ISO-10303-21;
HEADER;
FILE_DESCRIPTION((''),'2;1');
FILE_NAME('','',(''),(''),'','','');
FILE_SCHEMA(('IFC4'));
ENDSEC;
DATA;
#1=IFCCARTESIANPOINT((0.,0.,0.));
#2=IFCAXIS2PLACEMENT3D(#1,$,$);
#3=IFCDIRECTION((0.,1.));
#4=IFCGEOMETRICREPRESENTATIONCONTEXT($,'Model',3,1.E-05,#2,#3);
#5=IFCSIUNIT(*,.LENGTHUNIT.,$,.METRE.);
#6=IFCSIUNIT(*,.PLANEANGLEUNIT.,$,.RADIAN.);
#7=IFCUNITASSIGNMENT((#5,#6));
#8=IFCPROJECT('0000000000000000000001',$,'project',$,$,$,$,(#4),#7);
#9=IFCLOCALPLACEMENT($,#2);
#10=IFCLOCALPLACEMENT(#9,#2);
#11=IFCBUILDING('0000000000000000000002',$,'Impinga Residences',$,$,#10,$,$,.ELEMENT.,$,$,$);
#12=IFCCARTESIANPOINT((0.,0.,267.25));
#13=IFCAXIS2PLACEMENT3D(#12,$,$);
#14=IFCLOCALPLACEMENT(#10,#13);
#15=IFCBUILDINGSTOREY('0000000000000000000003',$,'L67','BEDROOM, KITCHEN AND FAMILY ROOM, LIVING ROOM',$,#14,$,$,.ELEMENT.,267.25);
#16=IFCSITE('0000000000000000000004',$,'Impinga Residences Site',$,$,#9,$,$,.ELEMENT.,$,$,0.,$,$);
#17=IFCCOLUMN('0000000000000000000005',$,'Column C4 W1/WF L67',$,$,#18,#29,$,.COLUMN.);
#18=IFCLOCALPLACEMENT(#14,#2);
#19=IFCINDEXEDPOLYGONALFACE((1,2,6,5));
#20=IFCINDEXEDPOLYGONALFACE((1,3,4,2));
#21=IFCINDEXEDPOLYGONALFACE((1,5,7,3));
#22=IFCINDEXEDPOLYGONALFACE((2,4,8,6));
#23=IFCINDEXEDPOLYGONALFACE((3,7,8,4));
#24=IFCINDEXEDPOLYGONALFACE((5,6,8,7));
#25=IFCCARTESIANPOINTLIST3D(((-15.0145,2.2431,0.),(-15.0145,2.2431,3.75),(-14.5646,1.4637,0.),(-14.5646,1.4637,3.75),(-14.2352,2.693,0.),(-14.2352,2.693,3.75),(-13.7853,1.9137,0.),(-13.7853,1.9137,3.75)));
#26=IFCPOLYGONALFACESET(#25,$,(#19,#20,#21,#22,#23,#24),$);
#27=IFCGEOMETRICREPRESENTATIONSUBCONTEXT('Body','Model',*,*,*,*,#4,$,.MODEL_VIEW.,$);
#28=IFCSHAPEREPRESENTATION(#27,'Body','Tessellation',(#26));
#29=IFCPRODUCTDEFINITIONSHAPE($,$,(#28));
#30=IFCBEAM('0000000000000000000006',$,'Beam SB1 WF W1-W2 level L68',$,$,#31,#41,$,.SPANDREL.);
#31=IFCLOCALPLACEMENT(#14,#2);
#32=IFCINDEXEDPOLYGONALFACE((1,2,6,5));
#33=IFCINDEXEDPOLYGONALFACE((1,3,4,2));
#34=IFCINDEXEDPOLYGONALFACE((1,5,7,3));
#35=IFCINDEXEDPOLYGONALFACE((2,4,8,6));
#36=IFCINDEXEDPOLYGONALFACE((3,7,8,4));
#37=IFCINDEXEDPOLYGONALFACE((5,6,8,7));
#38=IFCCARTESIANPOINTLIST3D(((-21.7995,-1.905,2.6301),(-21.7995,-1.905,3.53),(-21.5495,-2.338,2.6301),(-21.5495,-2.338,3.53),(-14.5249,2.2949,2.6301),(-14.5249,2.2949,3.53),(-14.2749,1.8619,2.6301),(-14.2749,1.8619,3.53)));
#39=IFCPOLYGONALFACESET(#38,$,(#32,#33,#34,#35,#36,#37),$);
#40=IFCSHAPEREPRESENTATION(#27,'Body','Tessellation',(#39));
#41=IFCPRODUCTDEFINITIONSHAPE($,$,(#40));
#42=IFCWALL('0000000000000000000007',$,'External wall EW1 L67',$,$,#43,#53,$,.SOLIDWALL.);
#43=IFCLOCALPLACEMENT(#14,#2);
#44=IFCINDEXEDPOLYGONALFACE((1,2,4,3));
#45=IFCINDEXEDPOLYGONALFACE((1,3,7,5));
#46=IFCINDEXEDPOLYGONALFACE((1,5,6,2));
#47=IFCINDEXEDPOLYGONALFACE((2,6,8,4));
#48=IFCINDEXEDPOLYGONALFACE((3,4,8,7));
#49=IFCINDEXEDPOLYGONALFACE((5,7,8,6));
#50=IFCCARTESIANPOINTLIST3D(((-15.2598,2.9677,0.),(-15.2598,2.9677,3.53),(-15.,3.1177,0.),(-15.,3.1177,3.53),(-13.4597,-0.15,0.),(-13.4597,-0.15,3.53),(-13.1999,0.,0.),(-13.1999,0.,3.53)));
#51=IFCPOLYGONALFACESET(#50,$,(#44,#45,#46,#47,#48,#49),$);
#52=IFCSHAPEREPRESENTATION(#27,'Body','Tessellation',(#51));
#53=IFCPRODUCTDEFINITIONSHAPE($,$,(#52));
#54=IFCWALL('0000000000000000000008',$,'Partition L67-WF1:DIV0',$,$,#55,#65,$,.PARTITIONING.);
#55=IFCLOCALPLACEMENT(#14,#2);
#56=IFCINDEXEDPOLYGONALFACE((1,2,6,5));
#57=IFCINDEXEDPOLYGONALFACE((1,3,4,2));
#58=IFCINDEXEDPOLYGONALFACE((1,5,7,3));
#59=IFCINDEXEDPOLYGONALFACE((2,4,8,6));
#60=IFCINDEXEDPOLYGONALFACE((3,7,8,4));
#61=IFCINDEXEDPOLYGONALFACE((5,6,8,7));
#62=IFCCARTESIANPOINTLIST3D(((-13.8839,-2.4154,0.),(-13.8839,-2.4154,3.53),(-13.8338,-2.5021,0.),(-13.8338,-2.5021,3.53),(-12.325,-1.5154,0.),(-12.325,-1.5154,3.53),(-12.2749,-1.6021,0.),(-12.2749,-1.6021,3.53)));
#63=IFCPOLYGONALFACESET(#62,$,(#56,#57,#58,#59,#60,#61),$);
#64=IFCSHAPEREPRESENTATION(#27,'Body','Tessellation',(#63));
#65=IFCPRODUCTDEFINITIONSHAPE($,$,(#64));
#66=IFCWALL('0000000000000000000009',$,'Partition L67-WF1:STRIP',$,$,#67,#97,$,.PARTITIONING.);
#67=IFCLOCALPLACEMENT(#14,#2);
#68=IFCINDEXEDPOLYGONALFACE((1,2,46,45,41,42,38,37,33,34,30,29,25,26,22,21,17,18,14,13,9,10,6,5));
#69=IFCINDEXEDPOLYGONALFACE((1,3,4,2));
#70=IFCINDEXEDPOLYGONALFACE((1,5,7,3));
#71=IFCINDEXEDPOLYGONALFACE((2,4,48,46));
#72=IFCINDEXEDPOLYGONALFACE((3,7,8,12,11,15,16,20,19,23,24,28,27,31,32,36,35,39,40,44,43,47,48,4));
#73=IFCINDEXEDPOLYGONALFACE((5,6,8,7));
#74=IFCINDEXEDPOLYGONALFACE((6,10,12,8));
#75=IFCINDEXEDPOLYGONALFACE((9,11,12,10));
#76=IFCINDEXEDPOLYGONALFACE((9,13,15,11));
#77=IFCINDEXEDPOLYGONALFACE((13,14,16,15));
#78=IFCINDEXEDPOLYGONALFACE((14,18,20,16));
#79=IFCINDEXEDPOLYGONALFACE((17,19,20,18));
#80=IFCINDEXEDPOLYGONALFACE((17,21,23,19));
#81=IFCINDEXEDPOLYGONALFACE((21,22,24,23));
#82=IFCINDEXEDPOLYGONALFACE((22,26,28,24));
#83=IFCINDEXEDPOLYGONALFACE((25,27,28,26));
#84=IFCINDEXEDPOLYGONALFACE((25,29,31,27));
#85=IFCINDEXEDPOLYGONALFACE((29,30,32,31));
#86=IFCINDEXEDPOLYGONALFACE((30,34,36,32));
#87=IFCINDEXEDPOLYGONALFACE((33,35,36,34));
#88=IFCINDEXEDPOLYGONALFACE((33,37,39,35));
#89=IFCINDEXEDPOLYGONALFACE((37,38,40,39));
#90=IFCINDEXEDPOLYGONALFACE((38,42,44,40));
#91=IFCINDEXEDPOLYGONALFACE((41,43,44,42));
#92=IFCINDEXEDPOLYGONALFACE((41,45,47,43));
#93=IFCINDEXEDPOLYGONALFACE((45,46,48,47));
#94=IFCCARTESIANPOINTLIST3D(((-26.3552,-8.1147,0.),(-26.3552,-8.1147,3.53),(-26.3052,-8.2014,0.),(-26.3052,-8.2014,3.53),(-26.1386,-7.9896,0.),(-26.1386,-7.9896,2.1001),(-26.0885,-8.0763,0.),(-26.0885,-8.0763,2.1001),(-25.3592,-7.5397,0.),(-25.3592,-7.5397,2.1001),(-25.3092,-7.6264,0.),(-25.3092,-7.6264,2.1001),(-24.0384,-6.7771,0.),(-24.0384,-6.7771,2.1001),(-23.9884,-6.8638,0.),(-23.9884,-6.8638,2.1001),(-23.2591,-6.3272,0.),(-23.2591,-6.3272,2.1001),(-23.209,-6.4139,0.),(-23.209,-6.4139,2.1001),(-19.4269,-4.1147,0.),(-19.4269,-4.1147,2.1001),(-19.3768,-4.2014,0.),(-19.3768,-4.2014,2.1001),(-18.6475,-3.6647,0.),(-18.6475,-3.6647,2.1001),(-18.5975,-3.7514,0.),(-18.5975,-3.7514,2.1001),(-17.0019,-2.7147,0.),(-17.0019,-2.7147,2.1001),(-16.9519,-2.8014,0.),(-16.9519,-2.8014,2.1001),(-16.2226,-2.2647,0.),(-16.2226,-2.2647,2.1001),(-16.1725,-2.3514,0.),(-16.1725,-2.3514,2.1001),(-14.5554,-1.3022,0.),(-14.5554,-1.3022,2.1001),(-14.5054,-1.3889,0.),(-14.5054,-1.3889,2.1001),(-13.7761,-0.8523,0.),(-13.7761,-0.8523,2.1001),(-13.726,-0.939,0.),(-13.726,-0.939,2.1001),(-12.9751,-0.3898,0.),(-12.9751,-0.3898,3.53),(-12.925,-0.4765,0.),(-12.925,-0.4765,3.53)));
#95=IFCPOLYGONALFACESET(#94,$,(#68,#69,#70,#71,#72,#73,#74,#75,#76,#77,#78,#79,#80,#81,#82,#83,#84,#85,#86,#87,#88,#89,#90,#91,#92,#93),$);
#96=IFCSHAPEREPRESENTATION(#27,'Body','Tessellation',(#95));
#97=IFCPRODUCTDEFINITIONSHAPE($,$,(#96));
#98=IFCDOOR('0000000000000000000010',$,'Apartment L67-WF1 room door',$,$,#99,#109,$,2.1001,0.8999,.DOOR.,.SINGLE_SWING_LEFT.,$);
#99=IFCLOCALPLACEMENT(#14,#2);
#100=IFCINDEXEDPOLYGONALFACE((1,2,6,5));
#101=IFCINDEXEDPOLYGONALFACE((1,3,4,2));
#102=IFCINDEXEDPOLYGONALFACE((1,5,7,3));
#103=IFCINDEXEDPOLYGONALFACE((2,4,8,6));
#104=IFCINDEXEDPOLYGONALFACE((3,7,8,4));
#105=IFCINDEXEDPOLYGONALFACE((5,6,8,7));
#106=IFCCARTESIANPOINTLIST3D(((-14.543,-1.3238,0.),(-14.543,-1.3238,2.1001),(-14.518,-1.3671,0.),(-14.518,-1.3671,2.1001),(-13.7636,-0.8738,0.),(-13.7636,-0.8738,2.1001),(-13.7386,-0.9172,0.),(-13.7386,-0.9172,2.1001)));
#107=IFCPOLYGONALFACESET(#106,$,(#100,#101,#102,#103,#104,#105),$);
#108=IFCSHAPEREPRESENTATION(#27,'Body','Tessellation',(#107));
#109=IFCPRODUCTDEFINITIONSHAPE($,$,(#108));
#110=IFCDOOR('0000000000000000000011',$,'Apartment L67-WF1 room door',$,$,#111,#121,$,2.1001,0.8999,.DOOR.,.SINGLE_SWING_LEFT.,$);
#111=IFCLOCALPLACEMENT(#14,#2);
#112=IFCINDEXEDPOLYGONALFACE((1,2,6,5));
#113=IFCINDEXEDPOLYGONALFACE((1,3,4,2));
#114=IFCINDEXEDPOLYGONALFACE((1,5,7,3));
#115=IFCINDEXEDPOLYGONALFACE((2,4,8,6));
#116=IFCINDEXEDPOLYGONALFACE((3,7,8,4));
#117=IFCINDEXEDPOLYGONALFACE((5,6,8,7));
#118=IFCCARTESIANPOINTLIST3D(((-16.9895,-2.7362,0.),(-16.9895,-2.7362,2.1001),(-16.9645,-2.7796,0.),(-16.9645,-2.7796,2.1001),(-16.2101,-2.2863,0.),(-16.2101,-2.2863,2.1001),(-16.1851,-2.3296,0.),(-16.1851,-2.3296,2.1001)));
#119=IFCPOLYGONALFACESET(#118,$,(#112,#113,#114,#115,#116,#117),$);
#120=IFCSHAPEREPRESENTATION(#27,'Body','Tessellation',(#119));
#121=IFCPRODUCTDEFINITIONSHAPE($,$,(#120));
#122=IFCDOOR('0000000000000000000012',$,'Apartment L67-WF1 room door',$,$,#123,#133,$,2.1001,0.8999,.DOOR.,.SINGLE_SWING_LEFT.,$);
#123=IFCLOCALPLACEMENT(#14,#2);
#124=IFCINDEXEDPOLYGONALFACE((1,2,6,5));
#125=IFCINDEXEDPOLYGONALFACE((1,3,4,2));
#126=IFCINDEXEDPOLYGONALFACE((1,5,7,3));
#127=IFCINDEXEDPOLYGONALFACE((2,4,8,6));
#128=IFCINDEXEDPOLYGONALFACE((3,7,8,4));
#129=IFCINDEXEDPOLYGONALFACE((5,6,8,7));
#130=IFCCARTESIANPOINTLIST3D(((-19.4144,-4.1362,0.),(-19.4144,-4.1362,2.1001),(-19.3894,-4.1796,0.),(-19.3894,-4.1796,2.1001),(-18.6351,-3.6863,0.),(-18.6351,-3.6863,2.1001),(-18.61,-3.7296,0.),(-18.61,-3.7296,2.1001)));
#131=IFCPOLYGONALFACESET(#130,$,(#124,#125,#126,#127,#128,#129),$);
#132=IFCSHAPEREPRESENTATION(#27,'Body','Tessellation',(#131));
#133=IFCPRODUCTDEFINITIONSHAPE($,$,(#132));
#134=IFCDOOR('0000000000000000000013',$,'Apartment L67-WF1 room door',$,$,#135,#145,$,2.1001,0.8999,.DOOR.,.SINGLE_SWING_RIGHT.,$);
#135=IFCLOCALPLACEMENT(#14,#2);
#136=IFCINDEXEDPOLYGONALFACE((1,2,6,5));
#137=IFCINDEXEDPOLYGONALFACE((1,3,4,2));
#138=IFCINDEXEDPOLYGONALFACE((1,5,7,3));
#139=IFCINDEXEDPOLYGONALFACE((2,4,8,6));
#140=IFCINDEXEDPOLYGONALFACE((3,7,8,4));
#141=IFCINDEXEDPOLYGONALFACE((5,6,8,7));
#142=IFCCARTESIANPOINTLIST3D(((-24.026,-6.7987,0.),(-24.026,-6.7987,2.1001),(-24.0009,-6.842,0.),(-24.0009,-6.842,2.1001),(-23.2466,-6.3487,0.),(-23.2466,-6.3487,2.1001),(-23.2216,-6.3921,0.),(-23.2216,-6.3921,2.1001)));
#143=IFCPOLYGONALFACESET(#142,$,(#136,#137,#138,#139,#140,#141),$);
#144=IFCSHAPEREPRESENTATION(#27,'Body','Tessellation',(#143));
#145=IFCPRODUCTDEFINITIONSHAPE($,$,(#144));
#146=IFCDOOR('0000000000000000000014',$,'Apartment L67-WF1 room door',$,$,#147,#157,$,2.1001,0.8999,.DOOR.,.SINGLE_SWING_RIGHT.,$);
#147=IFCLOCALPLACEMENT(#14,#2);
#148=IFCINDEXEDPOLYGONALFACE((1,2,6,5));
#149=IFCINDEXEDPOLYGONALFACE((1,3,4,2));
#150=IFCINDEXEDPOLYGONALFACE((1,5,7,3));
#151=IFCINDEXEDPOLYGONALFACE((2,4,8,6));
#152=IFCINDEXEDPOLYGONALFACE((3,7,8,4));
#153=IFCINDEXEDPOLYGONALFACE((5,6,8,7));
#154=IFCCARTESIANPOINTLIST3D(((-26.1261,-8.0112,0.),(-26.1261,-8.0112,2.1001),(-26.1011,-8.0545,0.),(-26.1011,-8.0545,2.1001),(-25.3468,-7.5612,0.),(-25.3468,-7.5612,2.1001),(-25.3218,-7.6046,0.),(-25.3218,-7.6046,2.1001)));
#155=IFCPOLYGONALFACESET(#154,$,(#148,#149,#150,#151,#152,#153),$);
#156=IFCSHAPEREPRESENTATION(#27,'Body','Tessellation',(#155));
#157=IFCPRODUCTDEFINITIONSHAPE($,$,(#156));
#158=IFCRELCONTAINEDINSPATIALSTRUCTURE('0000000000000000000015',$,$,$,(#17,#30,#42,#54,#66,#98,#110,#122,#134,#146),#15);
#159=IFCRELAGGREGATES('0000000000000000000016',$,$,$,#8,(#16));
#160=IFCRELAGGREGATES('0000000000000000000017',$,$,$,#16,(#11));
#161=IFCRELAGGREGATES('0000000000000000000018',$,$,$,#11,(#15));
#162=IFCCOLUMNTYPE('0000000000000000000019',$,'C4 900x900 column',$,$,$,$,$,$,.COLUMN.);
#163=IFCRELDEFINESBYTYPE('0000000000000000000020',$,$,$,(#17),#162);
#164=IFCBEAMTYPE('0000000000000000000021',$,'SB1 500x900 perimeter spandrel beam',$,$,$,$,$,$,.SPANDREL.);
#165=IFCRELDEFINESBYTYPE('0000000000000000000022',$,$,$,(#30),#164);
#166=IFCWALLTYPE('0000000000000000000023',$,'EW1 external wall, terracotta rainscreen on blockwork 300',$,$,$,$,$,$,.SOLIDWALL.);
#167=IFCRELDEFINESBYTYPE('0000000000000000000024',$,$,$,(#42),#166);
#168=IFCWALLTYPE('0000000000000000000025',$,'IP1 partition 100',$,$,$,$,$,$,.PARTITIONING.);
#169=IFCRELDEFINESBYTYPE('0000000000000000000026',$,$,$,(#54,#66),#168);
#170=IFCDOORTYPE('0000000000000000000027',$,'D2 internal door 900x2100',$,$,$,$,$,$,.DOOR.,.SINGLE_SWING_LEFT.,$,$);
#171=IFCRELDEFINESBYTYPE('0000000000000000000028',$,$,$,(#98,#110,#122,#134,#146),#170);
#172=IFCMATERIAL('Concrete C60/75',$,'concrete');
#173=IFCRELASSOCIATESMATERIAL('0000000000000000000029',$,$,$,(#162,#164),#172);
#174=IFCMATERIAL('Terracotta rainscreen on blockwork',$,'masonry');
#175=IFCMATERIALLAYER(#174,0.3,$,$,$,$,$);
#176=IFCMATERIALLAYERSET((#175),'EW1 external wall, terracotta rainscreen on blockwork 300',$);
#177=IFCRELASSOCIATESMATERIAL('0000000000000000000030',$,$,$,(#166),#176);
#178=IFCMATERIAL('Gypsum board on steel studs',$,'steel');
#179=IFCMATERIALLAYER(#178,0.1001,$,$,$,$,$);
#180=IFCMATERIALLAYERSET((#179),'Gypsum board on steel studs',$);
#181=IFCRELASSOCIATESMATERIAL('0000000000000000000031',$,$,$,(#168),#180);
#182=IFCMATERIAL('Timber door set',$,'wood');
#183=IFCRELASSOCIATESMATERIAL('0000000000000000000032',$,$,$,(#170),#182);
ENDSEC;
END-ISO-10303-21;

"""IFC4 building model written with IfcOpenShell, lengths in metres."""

from ifc_helpers import new_model, si_unit, direction, frame, frame_2d, origin, origin_2d, place, context, subcontext, project, spatial, rectangle, extrude, material, layer, layer_set, material_profile, profile_set, type_object, element, fill, save


model = new_model("IFC4")

# Units and contexts
model_context = context("Model", 3, precision=1e-05, world=origin(), true_north=direction((0.0, 1.0)))
body_context = subcontext(model_context, "Body", "Model", "MODEL_VIEW")
ifc_project = project(units=[si_unit("LENGTHUNIT", "METRE"), si_unit("PLANEANGLEUNIT", "RADIAN")], contexts=[model_context])

# Site, building, storey
site_placement = place(None, origin())
site = spatial("IfcSite", under=ifc_project, at=site_placement, Name="Impinga Residences Site", CompositionType="ELEMENT", RefElevation=0.0)
building_placement = place(site_placement, origin())
building = spatial("IfcBuilding", under=site, at=building_placement, Name="Impinga Residences", CompositionType="ELEMENT")
storey_placement = place(building_placement, frame((0.0, 0.0, 267.25)))
storey = spatial("IfcBuildingStorey", under=building, at=storey_placement, Name="L67", Description="BEDROOM, KITCHEN AND FAMILY ROOM, LIVING ROOM", CompositionType="ELEMENT", Elevation=267.25)

# Column
ifc_material_1 = material(Name="Concrete C60/75", Category="concrete")
ifc_material_profile_1 = material_profile(ifc_material_1, rectangle(XDim=0.8999, YDim=0.8999, at=origin_2d()), Name="RC 900x900")
ifc_profile_set_1 = profile_set([ifc_material_profile_1], Name="Concrete C60/75")
column_type = type_object("IfcColumnType", Name="C4 900x900 column", PredefinedType="COLUMN", material=ifc_profile_set_1)
column_placement = place(storey_placement, frame((-14.3999, 2.0784, 0.0), z_axis=(0.0, 0.0, 1.0), x_axis=(-0.5, 0.866025, 0.0)))
element("IfcColumn", 1, at=column_placement, inside=storey, type_object=column_type, Name="Column C4 W1/WF L67", PredefinedType="COLUMN", context=body_context, shape_type="SweptSolid", body=[
    extrude(rectangle(XDim=0.8999, YDim=0.8999, at=origin_2d()), origin(), (0.0, 0.0, 1.0), 3.75),
])

# Beam
ifc_material_profile_2 = material_profile(ifc_material_1, rectangle(XDim=0.5, YDim=0.8999, at=origin_2d()), Name="RC 500x900")
ifc_profile_set_2 = profile_set([ifc_material_profile_2], Name="Concrete C60/75")
beam_type = type_object("IfcBeamType", Name="SB1 500x900 perimeter spandrel beam", PredefinedType="SPANDREL", material=ifc_profile_set_2)
beam_placement = place(storey_placement, frame((-14.3999, 2.0784, 3.0801), z_axis=(-0.866029, -0.499993, 0.0), x_axis=(0.499993, -0.866029, 0.0)))
element("IfcBeam", 2, at=beam_placement, inside=storey, type_object=beam_type, Name="Beam SB1 WF W1-W2 level L68", PredefinedType="SPANDREL", context=body_context, shape_type="SweptSolid", body=[
    extrude(rectangle(XDim=0.5, YDim=0.8999, at=origin_2d()), origin(), (0.0, 0.0, 1.0), 8.3999),
])

# Walls
ifc_material_2 = material(Name="Terracotta rainscreen on blockwork", Category="masonry")
ifc_layer_1 = layer(ifc_material_2, 0.3)
ifc_layer_set_1 = layer_set([ifc_layer_1], Name="EW1 external wall, terracotta rainscreen on blockwork 300")
wall_type_1 = type_object("IfcWallType", Name="EW1 external wall, terracotta rainscreen on blockwork 300", PredefinedType="SOLIDWALL", material=ifc_layer_set_1)
wall_1_placement = place(storey_placement, frame((-15.1299, 3.0427, 0.0), z_axis=(0.0, 0.0, 1.0), x_axis=(0.500012, -0.866018, 0.0)))
element("IfcWall", 3, at=wall_1_placement, inside=storey, type_object=wall_type_1, Name="External wall EW1 L67", PredefinedType="SOLIDWALL", context=body_context, shape_type="SweptSolid", body=[
    extrude(rectangle(XDim=3.6001, YDim=0.3, at=frame_2d((1.8, 0.0))), origin(), (0.0, 0.0, 1.0), 3.53),
])
ifc_material_3 = material(Name="Gypsum board on steel studs", Category="steel")
ifc_layer_2 = layer(ifc_material_3, 0.1001)
ifc_layer_set_2 = layer_set([ifc_layer_2], Name="Gypsum board on steel studs")
wall_type_2 = type_object("IfcWallType", Name="IP1 partition 100", PredefinedType="PARTITIONING", material=ifc_layer_set_2)
wall_2_placement = place(storey_placement, frame((-12.3, -1.5588, 0.0), z_axis=(0.0, 0.0, 1.0), x_axis=(-0.866048, -0.499961, 0.0)))
element("IfcWall", 4, at=wall_2_placement, inside=storey, type_object=wall_type_2, Name="Partition L67-WF1:DIV0", PredefinedType="PARTITIONING", context=body_context, shape_type="SweptSolid", body=[
    extrude(rectangle(XDim=1.8, YDim=0.1001, at=frame_2d((0.8999, 0.0))), origin(), (0.0, 0.0, 1.0), 3.53),
])

# Wall, openings, doors
wall_3_placement = place(storey_placement, frame((-12.95, -0.4331, 0.0), z_axis=(0.0, 0.0, 1.0), x_axis=(-0.86603, -0.499992, 0.0)))
wall_3 = element("IfcWall", 5, at=wall_3_placement, inside=storey, type_object=wall_type_2, Name="Partition L67-WF1:STRIP", PredefinedType="PARTITIONING", context=body_context, shape_type="SweptSolid", body=[
    extrude(rectangle(XDim=15.45, YDim=0.1001, at=frame_2d((7.7251, 0.0))), origin(), (0.0, 0.0, 1.0), 3.53),
])
opening_1_placement = place(wall_3_placement, frame((0.925, 0.0, 0.0)))
opening_1 = element("IfcOpeningElement", 6, at=opening_1_placement, cuts=wall_3, PredefinedType="OPENING", context=body_context, shape_type="SweptSolid", body=[
    extrude(rectangle(XDim=0.8999, YDim=2.1001, at=frame_2d((0.45, 1.05))), frame((0.0, 0.0601, 0.0), z_axis=(0.0, -1.0, 0.0), x_axis=(1.0, 0.0, 0.0)), (0.0, 0.0, 1.0), 0.1201),
])
opening_2_placement = place(wall_3_placement, frame((3.75, 0.0, 0.0)))
opening_2 = element("IfcOpeningElement", 7, at=opening_2_placement, cuts=wall_3, PredefinedType="OPENING", context=body_context, shape_type="SweptSolid", body=[
    extrude(rectangle(XDim=0.8999, YDim=2.1001, at=frame_2d((0.45, 1.05))), frame((0.0, 0.0601, 0.0), z_axis=(0.0, -1.0, 0.0), x_axis=(1.0, 0.0, 0.0)), (0.0, 0.0, 1.0), 0.1201),
])
opening_3_placement = place(wall_3_placement, frame((6.55, 0.0, 0.0)))
opening_3 = element("IfcOpeningElement", 8, at=opening_3_placement, cuts=wall_3, PredefinedType="OPENING", context=body_context, shape_type="SweptSolid", body=[
    extrude(rectangle(XDim=0.8999, YDim=2.1001, at=frame_2d((0.45, 1.05))), frame((0.0, 0.0601, 0.0), z_axis=(0.0, -1.0, 0.0), x_axis=(1.0, 0.0, 0.0)), (0.0, 0.0, 1.0), 0.1201),
])
opening_4_placement = place(wall_3_placement, frame((11.875, 0.0, 0.0)))
opening_4 = element("IfcOpeningElement", 9, at=opening_4_placement, cuts=wall_3, PredefinedType="OPENING", context=body_context, shape_type="SweptSolid", body=[
    extrude(rectangle(XDim=0.8999, YDim=2.1001, at=frame_2d((0.45, 1.05))), frame((0.0, 0.0601, 0.0), z_axis=(0.0, -1.0, 0.0), x_axis=(1.0, 0.0, 0.0)), (0.0, 0.0, 1.0), 0.1201),
])
opening_5_placement = place(wall_3_placement, frame((14.3, 0.0, 0.0)))
opening_5 = element("IfcOpeningElement", 10, at=opening_5_placement, cuts=wall_3, PredefinedType="OPENING", context=body_context, shape_type="SweptSolid", body=[
    extrude(rectangle(XDim=0.8999, YDim=2.1001, at=frame_2d((0.45, 1.05))), frame((0.0, 0.0601, 0.0), z_axis=(0.0, -1.0, 0.0), x_axis=(1.0, 0.0, 0.0)), (0.0, 0.0, 1.0), 0.1201),
])
ifc_material_4 = material(Name="Timber door set", Category="wood")
door_type_1 = type_object("IfcDoorType", Name="D2 internal door 900x2100", OperationType="SINGLE_SWING_LEFT", PredefinedType="DOOR", material=ifc_material_4)
door_1_placement = place(opening_1_placement, origin())
door_1 = element("IfcDoor", 11, at=door_1_placement, inside=storey, type_object=door_type_1, Name="Apartment L67-WF1 room door", OperationType="SINGLE_SWING_LEFT", OverallHeight=2.1001, OverallWidth=0.8999, PredefinedType="DOOR", context=body_context, shape_type="SweptSolid", body=[
    extrude(rectangle(XDim=0.8999, YDim=2.1001, at=frame_2d((0.45, 1.05))), frame((0.0, 0.0249, 0.0), z_axis=(0.0, -1.0, 0.0), x_axis=(1.0, 0.0, 0.0)), (0.0, 0.0, 1.0), 0.05),
])
fill(opening_1, door_1)
door_2_placement = place(opening_2_placement, origin())
door_2 = element("IfcDoor", 12, at=door_2_placement, inside=storey, type_object=door_type_1, Name="Apartment L67-WF1 room door", OperationType="SINGLE_SWING_LEFT", OverallHeight=2.1001, OverallWidth=0.8999, PredefinedType="DOOR", context=body_context, shape_type="SweptSolid", body=[
    extrude(rectangle(XDim=0.8999, YDim=2.1001, at=frame_2d((0.45, 1.05))), frame((0.0, 0.0249, 0.0), z_axis=(0.0, -1.0, 0.0), x_axis=(1.0, 0.0, 0.0)), (0.0, 0.0, 1.0), 0.05),
])
fill(opening_2, door_2)
door_3_placement = place(opening_3_placement, origin())
door_3 = element("IfcDoor", 13, at=door_3_placement, inside=storey, type_object=door_type_1, Name="Apartment L67-WF1 room door", OperationType="SINGLE_SWING_LEFT", OverallHeight=2.1001, OverallWidth=0.8999, PredefinedType="DOOR", context=body_context, shape_type="SweptSolid", body=[
    extrude(rectangle(XDim=0.8999, YDim=2.1001, at=frame_2d((0.45, 1.05))), frame((0.0, 0.0249, 0.0), z_axis=(0.0, -1.0, 0.0), x_axis=(1.0, 0.0, 0.0)), (0.0, 0.0, 1.0), 0.05),
])
fill(opening_3, door_3)
door_4_placement = place(opening_4_placement, origin())
door_4 = element("IfcDoor", 14, at=door_4_placement, inside=storey, type_object=door_type_1, Name="Apartment L67-WF1 room door", OperationType="SINGLE_SWING_RIGHT", OverallHeight=2.1001, OverallWidth=0.8999, PredefinedType="DOOR", context=body_context, shape_type="SweptSolid", body=[
    extrude(rectangle(XDim=0.8999, YDim=2.1001, at=frame_2d((0.45, 1.05))), frame((0.0, 0.0249, 0.0), z_axis=(0.0, -1.0, 0.0), x_axis=(1.0, 0.0, 0.0)), (0.0, 0.0, 1.0), 0.05),
])
fill(opening_4, door_4)
door_5_placement = place(opening_5_placement, origin())
door_5 = element("IfcDoor", 15, at=door_5_placement, inside=storey, type_object=door_type_1, Name="Apartment L67-WF1 room door", OperationType="SINGLE_SWING_RIGHT", OverallHeight=2.1001, OverallWidth=0.8999, PredefinedType="DOOR", context=body_context, shape_type="SweptSolid", body=[
    extrude(rectangle(XDim=0.8999, YDim=2.1001, at=frame_2d((0.45, 1.05))), frame((0.0, 0.0249, 0.0), z_axis=(0.0, -1.0, 0.0), x_axis=(1.0, 0.0, 0.0)), (0.0, 0.0, 1.0), 0.05),
])
fill(opening_5, door_5)

save(model, "model.ifc")
